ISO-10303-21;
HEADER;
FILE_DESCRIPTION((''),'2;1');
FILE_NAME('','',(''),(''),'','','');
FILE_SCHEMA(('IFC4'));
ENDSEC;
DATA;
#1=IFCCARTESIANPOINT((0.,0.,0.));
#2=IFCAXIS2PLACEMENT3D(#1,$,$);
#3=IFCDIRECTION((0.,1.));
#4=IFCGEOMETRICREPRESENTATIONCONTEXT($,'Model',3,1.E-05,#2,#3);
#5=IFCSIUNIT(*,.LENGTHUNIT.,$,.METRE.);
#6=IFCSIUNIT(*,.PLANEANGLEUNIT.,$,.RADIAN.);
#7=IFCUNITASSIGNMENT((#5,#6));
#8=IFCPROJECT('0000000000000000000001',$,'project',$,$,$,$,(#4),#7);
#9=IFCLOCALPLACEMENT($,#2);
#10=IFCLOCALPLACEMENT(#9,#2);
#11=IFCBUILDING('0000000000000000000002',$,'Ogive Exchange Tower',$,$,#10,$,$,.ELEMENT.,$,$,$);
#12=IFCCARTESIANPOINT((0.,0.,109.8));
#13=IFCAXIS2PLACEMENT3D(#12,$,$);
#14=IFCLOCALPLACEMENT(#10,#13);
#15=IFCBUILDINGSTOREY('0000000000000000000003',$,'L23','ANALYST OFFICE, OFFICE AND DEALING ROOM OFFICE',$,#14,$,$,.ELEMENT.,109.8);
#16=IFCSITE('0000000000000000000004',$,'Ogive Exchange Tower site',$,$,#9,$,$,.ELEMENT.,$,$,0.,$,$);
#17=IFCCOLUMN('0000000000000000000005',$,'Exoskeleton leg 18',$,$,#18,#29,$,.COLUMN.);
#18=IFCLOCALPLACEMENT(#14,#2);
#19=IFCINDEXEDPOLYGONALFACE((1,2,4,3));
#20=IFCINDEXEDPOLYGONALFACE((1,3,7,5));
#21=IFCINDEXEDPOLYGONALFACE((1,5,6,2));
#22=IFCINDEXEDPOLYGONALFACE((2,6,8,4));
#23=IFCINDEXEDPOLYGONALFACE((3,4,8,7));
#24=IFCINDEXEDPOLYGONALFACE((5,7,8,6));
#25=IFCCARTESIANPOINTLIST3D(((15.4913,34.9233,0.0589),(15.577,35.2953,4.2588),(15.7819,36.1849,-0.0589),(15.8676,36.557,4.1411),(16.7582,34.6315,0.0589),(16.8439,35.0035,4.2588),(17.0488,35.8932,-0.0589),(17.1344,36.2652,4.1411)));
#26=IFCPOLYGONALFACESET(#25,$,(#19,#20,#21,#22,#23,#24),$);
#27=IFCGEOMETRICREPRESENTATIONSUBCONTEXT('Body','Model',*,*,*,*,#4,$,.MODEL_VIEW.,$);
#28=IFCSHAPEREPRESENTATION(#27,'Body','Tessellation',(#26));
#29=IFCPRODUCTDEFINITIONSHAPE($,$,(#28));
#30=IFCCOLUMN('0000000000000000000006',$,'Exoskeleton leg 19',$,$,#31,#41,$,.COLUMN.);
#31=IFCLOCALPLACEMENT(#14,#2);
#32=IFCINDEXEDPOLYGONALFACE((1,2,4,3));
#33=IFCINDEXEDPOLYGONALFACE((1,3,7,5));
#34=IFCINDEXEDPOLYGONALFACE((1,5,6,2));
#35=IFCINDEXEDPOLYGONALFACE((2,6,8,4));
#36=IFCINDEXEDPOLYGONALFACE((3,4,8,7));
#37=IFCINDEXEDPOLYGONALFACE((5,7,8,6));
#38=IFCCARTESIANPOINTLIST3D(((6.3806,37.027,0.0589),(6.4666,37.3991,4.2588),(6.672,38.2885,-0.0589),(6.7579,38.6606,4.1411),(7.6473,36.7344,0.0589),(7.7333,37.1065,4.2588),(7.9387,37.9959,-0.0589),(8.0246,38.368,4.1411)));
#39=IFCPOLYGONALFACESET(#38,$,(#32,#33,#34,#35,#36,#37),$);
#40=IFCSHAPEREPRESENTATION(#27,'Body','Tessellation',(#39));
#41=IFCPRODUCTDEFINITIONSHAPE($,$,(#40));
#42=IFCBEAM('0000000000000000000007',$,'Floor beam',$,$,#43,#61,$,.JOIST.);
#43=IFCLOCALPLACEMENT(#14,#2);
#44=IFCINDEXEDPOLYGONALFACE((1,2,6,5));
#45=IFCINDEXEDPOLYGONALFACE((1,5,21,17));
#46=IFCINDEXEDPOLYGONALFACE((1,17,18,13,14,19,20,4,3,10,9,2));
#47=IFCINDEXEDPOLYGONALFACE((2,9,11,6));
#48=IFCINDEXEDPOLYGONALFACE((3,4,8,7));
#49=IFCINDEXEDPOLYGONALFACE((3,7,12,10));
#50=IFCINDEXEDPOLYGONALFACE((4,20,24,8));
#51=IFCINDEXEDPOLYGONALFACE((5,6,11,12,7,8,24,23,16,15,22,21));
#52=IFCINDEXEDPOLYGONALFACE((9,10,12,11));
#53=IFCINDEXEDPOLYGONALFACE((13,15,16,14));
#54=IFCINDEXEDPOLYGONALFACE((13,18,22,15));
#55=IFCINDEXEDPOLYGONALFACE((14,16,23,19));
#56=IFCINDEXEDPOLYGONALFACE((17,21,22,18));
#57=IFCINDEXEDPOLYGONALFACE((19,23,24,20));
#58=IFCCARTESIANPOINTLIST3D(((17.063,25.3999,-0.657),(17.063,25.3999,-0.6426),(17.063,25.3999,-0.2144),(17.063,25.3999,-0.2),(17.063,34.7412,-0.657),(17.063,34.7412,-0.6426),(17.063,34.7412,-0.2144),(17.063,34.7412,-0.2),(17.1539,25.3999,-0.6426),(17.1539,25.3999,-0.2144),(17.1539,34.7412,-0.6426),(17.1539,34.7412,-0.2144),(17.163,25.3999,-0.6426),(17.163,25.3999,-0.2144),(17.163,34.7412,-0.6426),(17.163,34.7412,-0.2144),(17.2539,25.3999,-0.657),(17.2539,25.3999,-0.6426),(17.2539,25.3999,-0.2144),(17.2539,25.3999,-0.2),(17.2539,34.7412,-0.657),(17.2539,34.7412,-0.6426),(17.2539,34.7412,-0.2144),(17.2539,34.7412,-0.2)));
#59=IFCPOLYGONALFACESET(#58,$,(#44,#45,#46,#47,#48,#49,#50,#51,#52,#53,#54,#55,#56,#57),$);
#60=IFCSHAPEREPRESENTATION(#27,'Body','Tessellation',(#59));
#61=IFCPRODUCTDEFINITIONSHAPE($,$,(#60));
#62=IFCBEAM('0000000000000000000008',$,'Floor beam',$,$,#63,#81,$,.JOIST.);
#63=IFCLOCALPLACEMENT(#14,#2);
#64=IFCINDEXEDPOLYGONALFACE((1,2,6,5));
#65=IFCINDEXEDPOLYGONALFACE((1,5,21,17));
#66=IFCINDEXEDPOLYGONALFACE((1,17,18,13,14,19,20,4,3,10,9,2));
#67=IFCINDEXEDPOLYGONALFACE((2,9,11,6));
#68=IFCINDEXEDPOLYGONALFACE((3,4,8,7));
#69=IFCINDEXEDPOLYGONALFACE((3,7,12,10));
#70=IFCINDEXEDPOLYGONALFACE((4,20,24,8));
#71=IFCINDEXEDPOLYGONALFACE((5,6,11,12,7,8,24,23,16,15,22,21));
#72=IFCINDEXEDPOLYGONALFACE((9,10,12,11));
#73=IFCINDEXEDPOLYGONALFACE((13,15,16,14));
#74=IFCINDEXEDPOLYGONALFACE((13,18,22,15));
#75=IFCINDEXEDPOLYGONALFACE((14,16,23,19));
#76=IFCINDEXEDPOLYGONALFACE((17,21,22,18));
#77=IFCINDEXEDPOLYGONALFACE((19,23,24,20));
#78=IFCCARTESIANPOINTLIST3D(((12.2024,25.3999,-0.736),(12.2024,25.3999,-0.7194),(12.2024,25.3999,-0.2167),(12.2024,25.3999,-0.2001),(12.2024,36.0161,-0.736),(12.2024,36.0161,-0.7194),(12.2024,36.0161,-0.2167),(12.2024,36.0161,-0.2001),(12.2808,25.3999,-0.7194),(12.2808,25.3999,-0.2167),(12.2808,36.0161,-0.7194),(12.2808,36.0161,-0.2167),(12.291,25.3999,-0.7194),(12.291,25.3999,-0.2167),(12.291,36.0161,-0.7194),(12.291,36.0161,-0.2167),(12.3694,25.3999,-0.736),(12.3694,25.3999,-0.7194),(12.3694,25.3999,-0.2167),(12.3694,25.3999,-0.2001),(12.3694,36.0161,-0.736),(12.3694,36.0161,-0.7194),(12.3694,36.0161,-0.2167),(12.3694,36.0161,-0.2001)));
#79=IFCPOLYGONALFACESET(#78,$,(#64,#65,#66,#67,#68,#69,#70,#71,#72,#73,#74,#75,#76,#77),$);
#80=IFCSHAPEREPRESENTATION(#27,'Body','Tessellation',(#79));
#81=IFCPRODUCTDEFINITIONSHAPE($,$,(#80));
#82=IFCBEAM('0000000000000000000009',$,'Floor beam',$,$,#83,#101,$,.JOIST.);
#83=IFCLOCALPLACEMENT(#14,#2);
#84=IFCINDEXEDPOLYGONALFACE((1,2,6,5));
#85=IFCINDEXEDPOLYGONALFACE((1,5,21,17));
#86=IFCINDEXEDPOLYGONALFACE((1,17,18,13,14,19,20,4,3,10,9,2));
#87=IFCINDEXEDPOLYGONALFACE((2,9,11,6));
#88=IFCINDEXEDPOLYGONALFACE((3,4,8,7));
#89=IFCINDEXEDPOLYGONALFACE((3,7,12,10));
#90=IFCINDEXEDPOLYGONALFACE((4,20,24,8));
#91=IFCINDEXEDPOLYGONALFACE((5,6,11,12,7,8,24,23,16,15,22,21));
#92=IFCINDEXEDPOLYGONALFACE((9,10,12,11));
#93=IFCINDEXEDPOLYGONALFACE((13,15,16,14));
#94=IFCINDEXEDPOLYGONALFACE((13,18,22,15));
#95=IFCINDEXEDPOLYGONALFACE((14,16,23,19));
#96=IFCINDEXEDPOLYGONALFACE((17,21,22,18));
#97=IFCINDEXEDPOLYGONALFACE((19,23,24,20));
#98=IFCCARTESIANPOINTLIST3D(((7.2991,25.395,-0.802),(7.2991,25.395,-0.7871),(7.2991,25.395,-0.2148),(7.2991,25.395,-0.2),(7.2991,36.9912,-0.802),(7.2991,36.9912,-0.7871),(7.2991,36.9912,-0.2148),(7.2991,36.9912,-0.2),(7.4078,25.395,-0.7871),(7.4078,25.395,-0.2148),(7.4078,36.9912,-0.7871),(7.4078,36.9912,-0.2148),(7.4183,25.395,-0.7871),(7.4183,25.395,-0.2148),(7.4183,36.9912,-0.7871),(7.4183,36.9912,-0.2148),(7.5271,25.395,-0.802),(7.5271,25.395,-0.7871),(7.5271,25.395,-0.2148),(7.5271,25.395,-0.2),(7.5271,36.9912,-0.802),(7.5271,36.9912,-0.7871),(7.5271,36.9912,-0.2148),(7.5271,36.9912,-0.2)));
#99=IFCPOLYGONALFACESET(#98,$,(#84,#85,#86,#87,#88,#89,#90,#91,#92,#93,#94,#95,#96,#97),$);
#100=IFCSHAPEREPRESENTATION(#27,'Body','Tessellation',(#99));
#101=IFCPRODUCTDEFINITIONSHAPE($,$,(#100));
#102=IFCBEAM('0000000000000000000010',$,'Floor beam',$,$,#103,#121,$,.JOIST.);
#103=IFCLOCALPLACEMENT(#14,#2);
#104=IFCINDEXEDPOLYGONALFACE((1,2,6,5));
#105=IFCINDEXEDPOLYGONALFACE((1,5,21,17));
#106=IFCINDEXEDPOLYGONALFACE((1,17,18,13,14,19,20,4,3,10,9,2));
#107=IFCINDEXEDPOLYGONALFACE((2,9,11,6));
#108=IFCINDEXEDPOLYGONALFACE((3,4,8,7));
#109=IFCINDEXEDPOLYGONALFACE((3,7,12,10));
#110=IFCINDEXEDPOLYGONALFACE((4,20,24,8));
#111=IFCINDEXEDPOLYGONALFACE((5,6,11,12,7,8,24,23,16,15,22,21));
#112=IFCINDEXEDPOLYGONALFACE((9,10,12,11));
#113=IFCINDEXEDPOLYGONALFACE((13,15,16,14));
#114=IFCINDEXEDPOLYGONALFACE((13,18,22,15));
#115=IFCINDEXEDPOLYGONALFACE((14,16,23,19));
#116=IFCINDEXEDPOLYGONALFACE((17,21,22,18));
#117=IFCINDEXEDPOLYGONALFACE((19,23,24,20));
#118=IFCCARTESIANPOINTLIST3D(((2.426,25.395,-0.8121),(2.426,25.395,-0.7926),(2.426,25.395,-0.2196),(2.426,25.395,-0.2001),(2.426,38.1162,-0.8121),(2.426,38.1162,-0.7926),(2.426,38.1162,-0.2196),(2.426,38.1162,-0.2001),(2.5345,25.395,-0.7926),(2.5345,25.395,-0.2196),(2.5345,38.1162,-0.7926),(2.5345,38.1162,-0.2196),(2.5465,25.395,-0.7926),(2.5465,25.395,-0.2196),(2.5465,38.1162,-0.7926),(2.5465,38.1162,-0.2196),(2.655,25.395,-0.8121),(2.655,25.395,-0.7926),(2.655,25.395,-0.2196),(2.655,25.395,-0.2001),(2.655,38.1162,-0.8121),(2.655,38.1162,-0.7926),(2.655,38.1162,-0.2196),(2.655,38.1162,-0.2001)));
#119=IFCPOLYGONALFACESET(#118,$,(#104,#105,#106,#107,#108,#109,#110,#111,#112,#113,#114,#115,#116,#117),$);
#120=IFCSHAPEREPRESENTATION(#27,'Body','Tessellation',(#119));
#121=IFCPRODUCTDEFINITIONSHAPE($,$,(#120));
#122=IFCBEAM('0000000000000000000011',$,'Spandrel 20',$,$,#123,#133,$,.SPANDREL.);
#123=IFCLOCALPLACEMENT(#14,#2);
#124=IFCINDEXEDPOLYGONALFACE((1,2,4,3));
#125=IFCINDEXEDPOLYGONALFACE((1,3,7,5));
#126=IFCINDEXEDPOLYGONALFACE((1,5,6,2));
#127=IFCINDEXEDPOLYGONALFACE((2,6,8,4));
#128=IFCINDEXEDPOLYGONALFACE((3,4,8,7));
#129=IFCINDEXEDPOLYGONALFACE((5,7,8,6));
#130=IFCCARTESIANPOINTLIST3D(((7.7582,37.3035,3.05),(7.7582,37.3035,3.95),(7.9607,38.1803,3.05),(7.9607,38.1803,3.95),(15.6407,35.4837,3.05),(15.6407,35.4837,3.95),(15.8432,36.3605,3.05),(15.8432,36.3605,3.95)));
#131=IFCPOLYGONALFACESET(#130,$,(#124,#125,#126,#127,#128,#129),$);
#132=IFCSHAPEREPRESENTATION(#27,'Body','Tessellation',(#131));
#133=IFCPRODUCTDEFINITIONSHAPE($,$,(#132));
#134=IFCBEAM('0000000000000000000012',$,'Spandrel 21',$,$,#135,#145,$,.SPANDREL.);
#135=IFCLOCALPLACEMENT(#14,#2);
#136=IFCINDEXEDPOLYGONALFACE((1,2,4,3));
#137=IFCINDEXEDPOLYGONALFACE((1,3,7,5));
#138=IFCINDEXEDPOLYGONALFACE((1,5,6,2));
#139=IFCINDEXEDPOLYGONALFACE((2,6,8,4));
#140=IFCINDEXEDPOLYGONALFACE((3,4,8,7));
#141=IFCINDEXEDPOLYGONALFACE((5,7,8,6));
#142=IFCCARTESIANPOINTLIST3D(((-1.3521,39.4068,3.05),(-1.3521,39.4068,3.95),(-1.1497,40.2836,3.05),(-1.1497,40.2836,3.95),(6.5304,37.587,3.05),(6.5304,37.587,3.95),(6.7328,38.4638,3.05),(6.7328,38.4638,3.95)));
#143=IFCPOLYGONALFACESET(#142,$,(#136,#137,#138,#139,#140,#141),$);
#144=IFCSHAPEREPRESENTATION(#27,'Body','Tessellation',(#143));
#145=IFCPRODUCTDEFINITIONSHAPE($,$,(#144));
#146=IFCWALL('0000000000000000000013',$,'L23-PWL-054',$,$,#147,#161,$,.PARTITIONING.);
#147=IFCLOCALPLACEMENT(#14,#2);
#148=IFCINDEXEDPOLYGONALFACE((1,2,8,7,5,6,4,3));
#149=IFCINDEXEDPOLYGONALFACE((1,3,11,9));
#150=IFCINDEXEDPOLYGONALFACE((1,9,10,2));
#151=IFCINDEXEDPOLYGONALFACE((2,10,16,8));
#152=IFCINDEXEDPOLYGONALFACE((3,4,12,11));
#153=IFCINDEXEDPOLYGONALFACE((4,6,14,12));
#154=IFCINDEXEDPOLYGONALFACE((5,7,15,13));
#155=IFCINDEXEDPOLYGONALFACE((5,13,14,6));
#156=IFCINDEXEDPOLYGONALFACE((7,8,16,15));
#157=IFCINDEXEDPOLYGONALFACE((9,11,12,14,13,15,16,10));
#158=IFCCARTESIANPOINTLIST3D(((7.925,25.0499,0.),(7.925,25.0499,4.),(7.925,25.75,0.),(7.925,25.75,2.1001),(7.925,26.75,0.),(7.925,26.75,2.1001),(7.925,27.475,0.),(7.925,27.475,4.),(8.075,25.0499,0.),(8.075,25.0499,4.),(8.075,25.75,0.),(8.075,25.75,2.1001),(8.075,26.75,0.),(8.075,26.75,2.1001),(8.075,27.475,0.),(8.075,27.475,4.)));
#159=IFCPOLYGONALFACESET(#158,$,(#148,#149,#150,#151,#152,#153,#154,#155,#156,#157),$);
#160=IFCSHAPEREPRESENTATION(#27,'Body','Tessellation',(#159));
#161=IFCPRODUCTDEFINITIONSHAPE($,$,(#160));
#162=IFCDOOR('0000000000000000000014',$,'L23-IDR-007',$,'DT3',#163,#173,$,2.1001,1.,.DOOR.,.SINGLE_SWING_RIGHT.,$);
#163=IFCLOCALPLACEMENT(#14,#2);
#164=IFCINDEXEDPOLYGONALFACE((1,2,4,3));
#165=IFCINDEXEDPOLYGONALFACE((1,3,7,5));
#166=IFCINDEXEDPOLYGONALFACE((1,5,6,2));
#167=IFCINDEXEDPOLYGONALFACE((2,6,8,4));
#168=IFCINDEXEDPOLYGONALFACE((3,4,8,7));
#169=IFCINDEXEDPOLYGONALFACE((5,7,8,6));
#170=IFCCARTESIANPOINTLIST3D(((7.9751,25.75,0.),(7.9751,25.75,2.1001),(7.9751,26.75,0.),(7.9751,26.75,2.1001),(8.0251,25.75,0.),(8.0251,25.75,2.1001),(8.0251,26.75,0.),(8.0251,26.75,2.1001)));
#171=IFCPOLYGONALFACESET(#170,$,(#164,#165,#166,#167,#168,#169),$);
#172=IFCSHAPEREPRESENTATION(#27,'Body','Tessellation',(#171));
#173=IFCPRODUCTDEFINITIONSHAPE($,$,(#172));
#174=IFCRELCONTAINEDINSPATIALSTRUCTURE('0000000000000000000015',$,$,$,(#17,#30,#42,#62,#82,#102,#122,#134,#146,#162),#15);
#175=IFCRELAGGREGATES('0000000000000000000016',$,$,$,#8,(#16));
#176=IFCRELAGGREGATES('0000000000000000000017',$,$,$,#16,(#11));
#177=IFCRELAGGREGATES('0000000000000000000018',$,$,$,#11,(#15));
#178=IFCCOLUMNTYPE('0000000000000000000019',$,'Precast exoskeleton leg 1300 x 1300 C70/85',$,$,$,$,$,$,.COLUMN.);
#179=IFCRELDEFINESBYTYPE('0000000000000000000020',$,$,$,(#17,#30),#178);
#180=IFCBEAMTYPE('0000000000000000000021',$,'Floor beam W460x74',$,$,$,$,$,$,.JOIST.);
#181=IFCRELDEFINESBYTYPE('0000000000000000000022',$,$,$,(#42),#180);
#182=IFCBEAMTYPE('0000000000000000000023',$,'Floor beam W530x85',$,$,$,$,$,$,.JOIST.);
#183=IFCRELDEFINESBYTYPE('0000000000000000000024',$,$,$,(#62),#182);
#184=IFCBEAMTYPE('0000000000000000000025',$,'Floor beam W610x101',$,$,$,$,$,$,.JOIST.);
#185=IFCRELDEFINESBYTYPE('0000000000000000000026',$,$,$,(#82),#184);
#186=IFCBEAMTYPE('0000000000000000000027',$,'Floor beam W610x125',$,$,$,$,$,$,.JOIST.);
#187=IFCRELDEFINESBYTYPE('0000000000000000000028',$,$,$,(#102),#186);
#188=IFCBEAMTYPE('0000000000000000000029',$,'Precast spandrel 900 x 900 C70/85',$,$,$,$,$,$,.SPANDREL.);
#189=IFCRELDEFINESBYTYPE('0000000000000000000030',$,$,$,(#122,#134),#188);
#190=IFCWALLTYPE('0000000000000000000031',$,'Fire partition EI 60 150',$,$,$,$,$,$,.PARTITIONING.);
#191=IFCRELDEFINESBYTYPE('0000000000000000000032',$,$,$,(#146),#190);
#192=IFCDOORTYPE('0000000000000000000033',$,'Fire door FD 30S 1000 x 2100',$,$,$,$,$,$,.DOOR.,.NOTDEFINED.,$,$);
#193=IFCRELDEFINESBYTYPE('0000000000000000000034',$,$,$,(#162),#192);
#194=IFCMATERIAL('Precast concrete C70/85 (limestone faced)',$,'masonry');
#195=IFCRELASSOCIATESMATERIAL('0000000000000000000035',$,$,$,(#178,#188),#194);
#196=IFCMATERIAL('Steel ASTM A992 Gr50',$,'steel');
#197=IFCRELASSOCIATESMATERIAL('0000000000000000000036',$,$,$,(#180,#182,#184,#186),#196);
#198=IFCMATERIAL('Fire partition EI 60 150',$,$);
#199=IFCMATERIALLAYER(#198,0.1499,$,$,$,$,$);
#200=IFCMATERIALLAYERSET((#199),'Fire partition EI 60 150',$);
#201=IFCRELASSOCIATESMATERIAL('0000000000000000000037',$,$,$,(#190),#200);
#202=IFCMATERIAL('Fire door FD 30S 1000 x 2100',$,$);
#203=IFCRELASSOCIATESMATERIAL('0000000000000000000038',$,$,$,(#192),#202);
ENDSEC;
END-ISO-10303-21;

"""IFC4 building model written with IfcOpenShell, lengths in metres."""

from ifc_helpers import new_model, si_unit, direction, frame, frame_2d, origin, origin_2d, place, context, subcontext, project, spatial, rectangle, i_section, extrude, material, layer, layer_set, material_profile, profile_set, type_object, element, fill, save


model = new_model("IFC4")

# Units and contexts
model_context = context("Model", 3, precision=1e-05, world=origin(), true_north=direction((0.0, 1.0)))
body_context = subcontext(model_context, "Body", "Model", "MODEL_VIEW")
ifc_project = project(units=[si_unit("LENGTHUNIT", "METRE"), si_unit("PLANEANGLEUNIT", "RADIAN")], contexts=[model_context])

# Site, building, storey
site_placement = place(None, origin())
site = spatial("IfcSite", under=ifc_project, at=site_placement, Name="Ogive Exchange Tower site", CompositionType="ELEMENT", RefElevation=0.0)
building_placement = place(site_placement, origin())
building = spatial("IfcBuilding", under=site, at=building_placement, Name="Ogive Exchange Tower", CompositionType="ELEMENT")
storey_placement = place(building_placement, frame((0.0, 0.0, 109.8)))
storey = spatial("IfcBuildingStorey", under=building, at=storey_placement, Name="L23", Description="ANALYST OFFICE, OFFICE AND DEALING ROOM OFFICE", CompositionType="ELEMENT", Elevation=109.8)

# Columns
ifc_material_1 = material(Name="Precast concrete C70/85 (limestone faced)", Category="masonry")
ifc_material_profile_1 = material_profile(ifc_material_1, rectangle(XDim=1.3, YDim=1.3, at=origin_2d()), Name="1300 x 1300")
ifc_profile_set_1 = profile_set([ifc_material_profile_1], Name="Precast concrete C70/85 (limestone faced)")
column_type = type_object("IfcColumnType", Name="Precast exoskeleton leg 1300 x 1300 C70/85", PredefinedType="COLUMN", material=ifc_profile_set_1)
for number, where, z_axis, x_axis, name in (
    (1, (16.27, 35.4082, 0.0), (0.02032, 0.088225, 0.995893), (-0.974488, 0.224439, 0.0), "Exoskeleton leg 18"),
    (2, (7.1597, 37.5115, 0.0), (0.020377, 0.088225, 0.995892), (-0.974348, 0.225046, 0.0), "Exoskeleton leg 19"),
):
    element("IfcColumn", number, at=place(storey_placement, frame(where, z_axis=z_axis, x_axis=x_axis)), inside=storey, type_object=column_type, Name=name, PredefinedType="COLUMN", context=body_context, shape_type="SweptSolid", body=[
        extrude(rectangle(XDim=1.3, YDim=1.3, at=origin_2d()), origin(), (0.0, 0.0, 1.0), 4.2173),
    ])

# Beams
ifc_material_2 = material(Name="Steel ASTM A992 Gr50", Category="steel")
ifc_material_profile_2 = material_profile(ifc_material_2, i_section(OverallWidth=0.1909, OverallDepth=0.457, WebThickness=0.009, FlangeThickness=0.0144, at=origin_2d()), Name="W460x74")
ifc_profile_set_2 = profile_set([ifc_material_profile_2], Name="Steel ASTM A992 Gr50")
beam_type_1 = type_object("IfcBeamType", Name="Floor beam W460x74", PredefinedType="JOIST", material=ifc_profile_set_2)
beam_1_placement = place(storey_placement, frame((17.1584, 25.3999, -0.4285), z_axis=(0.0, 1.0, 0.0), x_axis=(-1.0, 0.0, 0.0)))
element("IfcBeam", 3, at=beam_1_placement, inside=storey, type_object=beam_type_1, Name="Floor beam", PredefinedType="JOIST", context=body_context, shape_type="SweptSolid", body=[
    extrude(i_section(OverallWidth=0.1909, OverallDepth=0.457, WebThickness=0.009, FlangeThickness=0.0144, at=origin_2d()), origin(), (0.0, 0.0, 1.0), 9.3413),
])
ifc_material_profile_3 = material_profile(ifc_material_2, i_section(OverallWidth=0.167, OverallDepth=0.5359, WebThickness=0.0103, FlangeThickness=0.0166, at=origin_2d()), Name="W530x85")
ifc_profile_set_3 = profile_set([ifc_material_profile_3], Name="Steel ASTM A992 Gr50")
beam_type_2 = type_object("IfcBeamType", Name="Floor beam W530x85", PredefinedType="JOIST", material=ifc_profile_set_3)
beam_2_placement = place(storey_placement, frame((12.2859, 25.3999, -0.468), z_axis=(0.0, 1.0, 0.0), x_axis=(-1.0, 0.0, 0.0)))
element("IfcBeam", 4, at=beam_2_placement, inside=storey, type_object=beam_type_2, Name="Floor beam", PredefinedType="JOIST", context=body_context, shape_type="SweptSolid", body=[
    extrude(i_section(OverallWidth=0.167, OverallDepth=0.5359, WebThickness=0.0103, FlangeThickness=0.0166, at=origin_2d()), origin(), (0.0, 0.0, 1.0), 10.6162),
])
ifc_material_profile_4 = material_profile(ifc_material_2, i_section(OverallWidth=0.228, OverallDepth=0.6021, WebThickness=0.0105, FlangeThickness=0.0149, at=origin_2d()), Name="W610x101")
ifc_profile_set_4 = profile_set([ifc_material_profile_4], Name="Steel ASTM A992 Gr50")
beam_type_3 = type_object("IfcBeamType", Name="Floor beam W610x101", PredefinedType="JOIST", material=ifc_profile_set_4)
beam_3_placement = place(storey_placement, frame((7.4131, 25.395, -0.501), z_axis=(0.0, 1.0, 0.0), x_axis=(-1.0, 0.0, 0.0)))
element("IfcBeam", 5, at=beam_3_placement, inside=storey, type_object=beam_type_3, Name="Floor beam", PredefinedType="JOIST", context=body_context, shape_type="SweptSolid", body=[
    extrude(i_section(OverallWidth=0.228, OverallDepth=0.6021, WebThickness=0.0105, FlangeThickness=0.0149, at=origin_2d()), origin(), (0.0, 0.0, 1.0), 11.5962),
])
ifc_material_profile_5 = material_profile(ifc_material_2, i_section(OverallWidth=0.229, OverallDepth=0.6121, WebThickness=0.012, FlangeThickness=0.0195, at=origin_2d()), Name="W610x125")
ifc_profile_set_5 = profile_set([ifc_material_profile_5], Name="Steel ASTM A992 Gr50")
beam_type_4 = type_object("IfcBeamType", Name="Floor beam W610x125", PredefinedType="JOIST", material=ifc_profile_set_5)
beam_4_placement = place(storey_placement, frame((2.5405, 25.395, -0.5061), z_axis=(0.0, 1.0, 0.0), x_axis=(-1.0, 0.0, 0.0)))
element("IfcBeam", 6, at=beam_4_placement, inside=storey, type_object=beam_type_4, Name="Floor beam", PredefinedType="JOIST", context=body_context, shape_type="SweptSolid", body=[
    extrude(i_section(OverallWidth=0.229, OverallDepth=0.6121, WebThickness=0.012, FlangeThickness=0.0195, at=origin_2d()), origin(), (0.0, 0.0, 1.0), 12.7212),
])
ifc_material_profile_6 = material_profile(ifc_material_1, rectangle(XDim=0.8999, YDim=0.8999, at=origin_2d()), Name="900 x 900")
ifc_profile_set_6 = profile_set([ifc_material_profile_6], Name="Precast concrete C70/85 (limestone faced)")
beam_type_5 = type_object("IfcBeamType", Name="Precast spandrel 900 x 900 C70/85", PredefinedType="SPANDREL", material=ifc_profile_set_6)
for number, where, z_axis, x_axis, name in (
    (7, (15.7419, 35.9221, 3.5), (-0.97437, 0.22495, 0.0), (-0.22495, -0.97437, 0.0), "Spandrel 20"),
    (8, (6.6316, 38.0254, 3.5), (-0.97437, 0.22495, 0.0), (-0.22495, -0.97437, 0.0), "Spandrel 21"),
):
    element("IfcBeam", number, at=place(storey_placement, frame(where, z_axis=z_axis, x_axis=x_axis)), inside=storey, type_object=beam_type_5, Name=name, PredefinedType="SPANDREL", context=body_context, shape_type="SweptSolid", body=[
        extrude(rectangle(XDim=0.8999, YDim=0.8999, at=origin_2d()), origin(), (0.0, 0.0, 1.0), 8.0898),
    ])

# Wall, opening, door
ifc_material_3 = material(Name="Fire partition EI 60 150")
ifc_layer_1 = layer(ifc_material_3, 0.1499)
ifc_layer_set_1 = layer_set([ifc_layer_1], Name="Fire partition EI 60 150")
wall_type_1 = type_object("IfcWallType", Name="Fire partition EI 60 150", PredefinedType="PARTITIONING", material=ifc_layer_set_1)
wall_1_placement = place(storey_placement, frame((8.0, 25.05, 0.0), z_axis=(0.0, 0.0, 1.0), x_axis=(0.0, 1.0, 0.0)))
wall_1 = element("IfcWall", 9, at=wall_1_placement, inside=storey, type_object=wall_type_1, Name="L23-PWL-054", PredefinedType="PARTITIONING", context=body_context, shape_type="SweptSolid", body=[
    extrude(rectangle(XDim=2.425, YDim=0.1499, at=frame_2d((1.2124, 0.0))), origin(), (0.0, 0.0, 1.0), 4.0),
])
opening_1_placement = place(wall_1_placement, frame((0.7, 0.0, 0.0)))
opening_1 = element("IfcOpeningElement", 10, at=opening_1_placement, cuts=wall_1, PredefinedType="OPENING", context=body_context, shape_type="SweptSolid", body=[
    extrude(rectangle(XDim=1.0, YDim=2.1001, at=frame_2d((0.5, 1.05))), frame((0.0, 0.085, 0.0), z_axis=(0.0, -1.0, 0.0), x_axis=(1.0, 0.0, 0.0)), (0.0, 0.0, 1.0), 0.1699),
])
ifc_material_4 = material(Name="Fire door FD 30S 1000 x 2100")
door_type = type_object("IfcDoorType", Name="Fire door FD 30S 1000 x 2100", OperationType="NOTDEFINED", PredefinedType="DOOR", material=ifc_material_4)
door_1_placement = place(opening_1_placement, origin())
door_1 = element("IfcDoor", 11, at=door_1_placement, inside=storey, type_object=door_type, Name="L23-IDR-007", ObjectType="DT3", OperationType="SINGLE_SWING_RIGHT", OverallHeight=2.1001, OverallWidth=1.0, PredefinedType="DOOR", context=body_context, shape_type="SweptSolid", body=[
    extrude(rectangle(XDim=1.0, YDim=2.1001, at=frame_2d((0.5, 1.05))), frame((0.0, 0.0249, 0.0), z_axis=(0.0, -1.0, 0.0), x_axis=(1.0, 0.0, 0.0)), (0.0, 0.0, 1.0), 0.05),
])
fill(opening_1, door_1)

save(model, "model.ifc")
